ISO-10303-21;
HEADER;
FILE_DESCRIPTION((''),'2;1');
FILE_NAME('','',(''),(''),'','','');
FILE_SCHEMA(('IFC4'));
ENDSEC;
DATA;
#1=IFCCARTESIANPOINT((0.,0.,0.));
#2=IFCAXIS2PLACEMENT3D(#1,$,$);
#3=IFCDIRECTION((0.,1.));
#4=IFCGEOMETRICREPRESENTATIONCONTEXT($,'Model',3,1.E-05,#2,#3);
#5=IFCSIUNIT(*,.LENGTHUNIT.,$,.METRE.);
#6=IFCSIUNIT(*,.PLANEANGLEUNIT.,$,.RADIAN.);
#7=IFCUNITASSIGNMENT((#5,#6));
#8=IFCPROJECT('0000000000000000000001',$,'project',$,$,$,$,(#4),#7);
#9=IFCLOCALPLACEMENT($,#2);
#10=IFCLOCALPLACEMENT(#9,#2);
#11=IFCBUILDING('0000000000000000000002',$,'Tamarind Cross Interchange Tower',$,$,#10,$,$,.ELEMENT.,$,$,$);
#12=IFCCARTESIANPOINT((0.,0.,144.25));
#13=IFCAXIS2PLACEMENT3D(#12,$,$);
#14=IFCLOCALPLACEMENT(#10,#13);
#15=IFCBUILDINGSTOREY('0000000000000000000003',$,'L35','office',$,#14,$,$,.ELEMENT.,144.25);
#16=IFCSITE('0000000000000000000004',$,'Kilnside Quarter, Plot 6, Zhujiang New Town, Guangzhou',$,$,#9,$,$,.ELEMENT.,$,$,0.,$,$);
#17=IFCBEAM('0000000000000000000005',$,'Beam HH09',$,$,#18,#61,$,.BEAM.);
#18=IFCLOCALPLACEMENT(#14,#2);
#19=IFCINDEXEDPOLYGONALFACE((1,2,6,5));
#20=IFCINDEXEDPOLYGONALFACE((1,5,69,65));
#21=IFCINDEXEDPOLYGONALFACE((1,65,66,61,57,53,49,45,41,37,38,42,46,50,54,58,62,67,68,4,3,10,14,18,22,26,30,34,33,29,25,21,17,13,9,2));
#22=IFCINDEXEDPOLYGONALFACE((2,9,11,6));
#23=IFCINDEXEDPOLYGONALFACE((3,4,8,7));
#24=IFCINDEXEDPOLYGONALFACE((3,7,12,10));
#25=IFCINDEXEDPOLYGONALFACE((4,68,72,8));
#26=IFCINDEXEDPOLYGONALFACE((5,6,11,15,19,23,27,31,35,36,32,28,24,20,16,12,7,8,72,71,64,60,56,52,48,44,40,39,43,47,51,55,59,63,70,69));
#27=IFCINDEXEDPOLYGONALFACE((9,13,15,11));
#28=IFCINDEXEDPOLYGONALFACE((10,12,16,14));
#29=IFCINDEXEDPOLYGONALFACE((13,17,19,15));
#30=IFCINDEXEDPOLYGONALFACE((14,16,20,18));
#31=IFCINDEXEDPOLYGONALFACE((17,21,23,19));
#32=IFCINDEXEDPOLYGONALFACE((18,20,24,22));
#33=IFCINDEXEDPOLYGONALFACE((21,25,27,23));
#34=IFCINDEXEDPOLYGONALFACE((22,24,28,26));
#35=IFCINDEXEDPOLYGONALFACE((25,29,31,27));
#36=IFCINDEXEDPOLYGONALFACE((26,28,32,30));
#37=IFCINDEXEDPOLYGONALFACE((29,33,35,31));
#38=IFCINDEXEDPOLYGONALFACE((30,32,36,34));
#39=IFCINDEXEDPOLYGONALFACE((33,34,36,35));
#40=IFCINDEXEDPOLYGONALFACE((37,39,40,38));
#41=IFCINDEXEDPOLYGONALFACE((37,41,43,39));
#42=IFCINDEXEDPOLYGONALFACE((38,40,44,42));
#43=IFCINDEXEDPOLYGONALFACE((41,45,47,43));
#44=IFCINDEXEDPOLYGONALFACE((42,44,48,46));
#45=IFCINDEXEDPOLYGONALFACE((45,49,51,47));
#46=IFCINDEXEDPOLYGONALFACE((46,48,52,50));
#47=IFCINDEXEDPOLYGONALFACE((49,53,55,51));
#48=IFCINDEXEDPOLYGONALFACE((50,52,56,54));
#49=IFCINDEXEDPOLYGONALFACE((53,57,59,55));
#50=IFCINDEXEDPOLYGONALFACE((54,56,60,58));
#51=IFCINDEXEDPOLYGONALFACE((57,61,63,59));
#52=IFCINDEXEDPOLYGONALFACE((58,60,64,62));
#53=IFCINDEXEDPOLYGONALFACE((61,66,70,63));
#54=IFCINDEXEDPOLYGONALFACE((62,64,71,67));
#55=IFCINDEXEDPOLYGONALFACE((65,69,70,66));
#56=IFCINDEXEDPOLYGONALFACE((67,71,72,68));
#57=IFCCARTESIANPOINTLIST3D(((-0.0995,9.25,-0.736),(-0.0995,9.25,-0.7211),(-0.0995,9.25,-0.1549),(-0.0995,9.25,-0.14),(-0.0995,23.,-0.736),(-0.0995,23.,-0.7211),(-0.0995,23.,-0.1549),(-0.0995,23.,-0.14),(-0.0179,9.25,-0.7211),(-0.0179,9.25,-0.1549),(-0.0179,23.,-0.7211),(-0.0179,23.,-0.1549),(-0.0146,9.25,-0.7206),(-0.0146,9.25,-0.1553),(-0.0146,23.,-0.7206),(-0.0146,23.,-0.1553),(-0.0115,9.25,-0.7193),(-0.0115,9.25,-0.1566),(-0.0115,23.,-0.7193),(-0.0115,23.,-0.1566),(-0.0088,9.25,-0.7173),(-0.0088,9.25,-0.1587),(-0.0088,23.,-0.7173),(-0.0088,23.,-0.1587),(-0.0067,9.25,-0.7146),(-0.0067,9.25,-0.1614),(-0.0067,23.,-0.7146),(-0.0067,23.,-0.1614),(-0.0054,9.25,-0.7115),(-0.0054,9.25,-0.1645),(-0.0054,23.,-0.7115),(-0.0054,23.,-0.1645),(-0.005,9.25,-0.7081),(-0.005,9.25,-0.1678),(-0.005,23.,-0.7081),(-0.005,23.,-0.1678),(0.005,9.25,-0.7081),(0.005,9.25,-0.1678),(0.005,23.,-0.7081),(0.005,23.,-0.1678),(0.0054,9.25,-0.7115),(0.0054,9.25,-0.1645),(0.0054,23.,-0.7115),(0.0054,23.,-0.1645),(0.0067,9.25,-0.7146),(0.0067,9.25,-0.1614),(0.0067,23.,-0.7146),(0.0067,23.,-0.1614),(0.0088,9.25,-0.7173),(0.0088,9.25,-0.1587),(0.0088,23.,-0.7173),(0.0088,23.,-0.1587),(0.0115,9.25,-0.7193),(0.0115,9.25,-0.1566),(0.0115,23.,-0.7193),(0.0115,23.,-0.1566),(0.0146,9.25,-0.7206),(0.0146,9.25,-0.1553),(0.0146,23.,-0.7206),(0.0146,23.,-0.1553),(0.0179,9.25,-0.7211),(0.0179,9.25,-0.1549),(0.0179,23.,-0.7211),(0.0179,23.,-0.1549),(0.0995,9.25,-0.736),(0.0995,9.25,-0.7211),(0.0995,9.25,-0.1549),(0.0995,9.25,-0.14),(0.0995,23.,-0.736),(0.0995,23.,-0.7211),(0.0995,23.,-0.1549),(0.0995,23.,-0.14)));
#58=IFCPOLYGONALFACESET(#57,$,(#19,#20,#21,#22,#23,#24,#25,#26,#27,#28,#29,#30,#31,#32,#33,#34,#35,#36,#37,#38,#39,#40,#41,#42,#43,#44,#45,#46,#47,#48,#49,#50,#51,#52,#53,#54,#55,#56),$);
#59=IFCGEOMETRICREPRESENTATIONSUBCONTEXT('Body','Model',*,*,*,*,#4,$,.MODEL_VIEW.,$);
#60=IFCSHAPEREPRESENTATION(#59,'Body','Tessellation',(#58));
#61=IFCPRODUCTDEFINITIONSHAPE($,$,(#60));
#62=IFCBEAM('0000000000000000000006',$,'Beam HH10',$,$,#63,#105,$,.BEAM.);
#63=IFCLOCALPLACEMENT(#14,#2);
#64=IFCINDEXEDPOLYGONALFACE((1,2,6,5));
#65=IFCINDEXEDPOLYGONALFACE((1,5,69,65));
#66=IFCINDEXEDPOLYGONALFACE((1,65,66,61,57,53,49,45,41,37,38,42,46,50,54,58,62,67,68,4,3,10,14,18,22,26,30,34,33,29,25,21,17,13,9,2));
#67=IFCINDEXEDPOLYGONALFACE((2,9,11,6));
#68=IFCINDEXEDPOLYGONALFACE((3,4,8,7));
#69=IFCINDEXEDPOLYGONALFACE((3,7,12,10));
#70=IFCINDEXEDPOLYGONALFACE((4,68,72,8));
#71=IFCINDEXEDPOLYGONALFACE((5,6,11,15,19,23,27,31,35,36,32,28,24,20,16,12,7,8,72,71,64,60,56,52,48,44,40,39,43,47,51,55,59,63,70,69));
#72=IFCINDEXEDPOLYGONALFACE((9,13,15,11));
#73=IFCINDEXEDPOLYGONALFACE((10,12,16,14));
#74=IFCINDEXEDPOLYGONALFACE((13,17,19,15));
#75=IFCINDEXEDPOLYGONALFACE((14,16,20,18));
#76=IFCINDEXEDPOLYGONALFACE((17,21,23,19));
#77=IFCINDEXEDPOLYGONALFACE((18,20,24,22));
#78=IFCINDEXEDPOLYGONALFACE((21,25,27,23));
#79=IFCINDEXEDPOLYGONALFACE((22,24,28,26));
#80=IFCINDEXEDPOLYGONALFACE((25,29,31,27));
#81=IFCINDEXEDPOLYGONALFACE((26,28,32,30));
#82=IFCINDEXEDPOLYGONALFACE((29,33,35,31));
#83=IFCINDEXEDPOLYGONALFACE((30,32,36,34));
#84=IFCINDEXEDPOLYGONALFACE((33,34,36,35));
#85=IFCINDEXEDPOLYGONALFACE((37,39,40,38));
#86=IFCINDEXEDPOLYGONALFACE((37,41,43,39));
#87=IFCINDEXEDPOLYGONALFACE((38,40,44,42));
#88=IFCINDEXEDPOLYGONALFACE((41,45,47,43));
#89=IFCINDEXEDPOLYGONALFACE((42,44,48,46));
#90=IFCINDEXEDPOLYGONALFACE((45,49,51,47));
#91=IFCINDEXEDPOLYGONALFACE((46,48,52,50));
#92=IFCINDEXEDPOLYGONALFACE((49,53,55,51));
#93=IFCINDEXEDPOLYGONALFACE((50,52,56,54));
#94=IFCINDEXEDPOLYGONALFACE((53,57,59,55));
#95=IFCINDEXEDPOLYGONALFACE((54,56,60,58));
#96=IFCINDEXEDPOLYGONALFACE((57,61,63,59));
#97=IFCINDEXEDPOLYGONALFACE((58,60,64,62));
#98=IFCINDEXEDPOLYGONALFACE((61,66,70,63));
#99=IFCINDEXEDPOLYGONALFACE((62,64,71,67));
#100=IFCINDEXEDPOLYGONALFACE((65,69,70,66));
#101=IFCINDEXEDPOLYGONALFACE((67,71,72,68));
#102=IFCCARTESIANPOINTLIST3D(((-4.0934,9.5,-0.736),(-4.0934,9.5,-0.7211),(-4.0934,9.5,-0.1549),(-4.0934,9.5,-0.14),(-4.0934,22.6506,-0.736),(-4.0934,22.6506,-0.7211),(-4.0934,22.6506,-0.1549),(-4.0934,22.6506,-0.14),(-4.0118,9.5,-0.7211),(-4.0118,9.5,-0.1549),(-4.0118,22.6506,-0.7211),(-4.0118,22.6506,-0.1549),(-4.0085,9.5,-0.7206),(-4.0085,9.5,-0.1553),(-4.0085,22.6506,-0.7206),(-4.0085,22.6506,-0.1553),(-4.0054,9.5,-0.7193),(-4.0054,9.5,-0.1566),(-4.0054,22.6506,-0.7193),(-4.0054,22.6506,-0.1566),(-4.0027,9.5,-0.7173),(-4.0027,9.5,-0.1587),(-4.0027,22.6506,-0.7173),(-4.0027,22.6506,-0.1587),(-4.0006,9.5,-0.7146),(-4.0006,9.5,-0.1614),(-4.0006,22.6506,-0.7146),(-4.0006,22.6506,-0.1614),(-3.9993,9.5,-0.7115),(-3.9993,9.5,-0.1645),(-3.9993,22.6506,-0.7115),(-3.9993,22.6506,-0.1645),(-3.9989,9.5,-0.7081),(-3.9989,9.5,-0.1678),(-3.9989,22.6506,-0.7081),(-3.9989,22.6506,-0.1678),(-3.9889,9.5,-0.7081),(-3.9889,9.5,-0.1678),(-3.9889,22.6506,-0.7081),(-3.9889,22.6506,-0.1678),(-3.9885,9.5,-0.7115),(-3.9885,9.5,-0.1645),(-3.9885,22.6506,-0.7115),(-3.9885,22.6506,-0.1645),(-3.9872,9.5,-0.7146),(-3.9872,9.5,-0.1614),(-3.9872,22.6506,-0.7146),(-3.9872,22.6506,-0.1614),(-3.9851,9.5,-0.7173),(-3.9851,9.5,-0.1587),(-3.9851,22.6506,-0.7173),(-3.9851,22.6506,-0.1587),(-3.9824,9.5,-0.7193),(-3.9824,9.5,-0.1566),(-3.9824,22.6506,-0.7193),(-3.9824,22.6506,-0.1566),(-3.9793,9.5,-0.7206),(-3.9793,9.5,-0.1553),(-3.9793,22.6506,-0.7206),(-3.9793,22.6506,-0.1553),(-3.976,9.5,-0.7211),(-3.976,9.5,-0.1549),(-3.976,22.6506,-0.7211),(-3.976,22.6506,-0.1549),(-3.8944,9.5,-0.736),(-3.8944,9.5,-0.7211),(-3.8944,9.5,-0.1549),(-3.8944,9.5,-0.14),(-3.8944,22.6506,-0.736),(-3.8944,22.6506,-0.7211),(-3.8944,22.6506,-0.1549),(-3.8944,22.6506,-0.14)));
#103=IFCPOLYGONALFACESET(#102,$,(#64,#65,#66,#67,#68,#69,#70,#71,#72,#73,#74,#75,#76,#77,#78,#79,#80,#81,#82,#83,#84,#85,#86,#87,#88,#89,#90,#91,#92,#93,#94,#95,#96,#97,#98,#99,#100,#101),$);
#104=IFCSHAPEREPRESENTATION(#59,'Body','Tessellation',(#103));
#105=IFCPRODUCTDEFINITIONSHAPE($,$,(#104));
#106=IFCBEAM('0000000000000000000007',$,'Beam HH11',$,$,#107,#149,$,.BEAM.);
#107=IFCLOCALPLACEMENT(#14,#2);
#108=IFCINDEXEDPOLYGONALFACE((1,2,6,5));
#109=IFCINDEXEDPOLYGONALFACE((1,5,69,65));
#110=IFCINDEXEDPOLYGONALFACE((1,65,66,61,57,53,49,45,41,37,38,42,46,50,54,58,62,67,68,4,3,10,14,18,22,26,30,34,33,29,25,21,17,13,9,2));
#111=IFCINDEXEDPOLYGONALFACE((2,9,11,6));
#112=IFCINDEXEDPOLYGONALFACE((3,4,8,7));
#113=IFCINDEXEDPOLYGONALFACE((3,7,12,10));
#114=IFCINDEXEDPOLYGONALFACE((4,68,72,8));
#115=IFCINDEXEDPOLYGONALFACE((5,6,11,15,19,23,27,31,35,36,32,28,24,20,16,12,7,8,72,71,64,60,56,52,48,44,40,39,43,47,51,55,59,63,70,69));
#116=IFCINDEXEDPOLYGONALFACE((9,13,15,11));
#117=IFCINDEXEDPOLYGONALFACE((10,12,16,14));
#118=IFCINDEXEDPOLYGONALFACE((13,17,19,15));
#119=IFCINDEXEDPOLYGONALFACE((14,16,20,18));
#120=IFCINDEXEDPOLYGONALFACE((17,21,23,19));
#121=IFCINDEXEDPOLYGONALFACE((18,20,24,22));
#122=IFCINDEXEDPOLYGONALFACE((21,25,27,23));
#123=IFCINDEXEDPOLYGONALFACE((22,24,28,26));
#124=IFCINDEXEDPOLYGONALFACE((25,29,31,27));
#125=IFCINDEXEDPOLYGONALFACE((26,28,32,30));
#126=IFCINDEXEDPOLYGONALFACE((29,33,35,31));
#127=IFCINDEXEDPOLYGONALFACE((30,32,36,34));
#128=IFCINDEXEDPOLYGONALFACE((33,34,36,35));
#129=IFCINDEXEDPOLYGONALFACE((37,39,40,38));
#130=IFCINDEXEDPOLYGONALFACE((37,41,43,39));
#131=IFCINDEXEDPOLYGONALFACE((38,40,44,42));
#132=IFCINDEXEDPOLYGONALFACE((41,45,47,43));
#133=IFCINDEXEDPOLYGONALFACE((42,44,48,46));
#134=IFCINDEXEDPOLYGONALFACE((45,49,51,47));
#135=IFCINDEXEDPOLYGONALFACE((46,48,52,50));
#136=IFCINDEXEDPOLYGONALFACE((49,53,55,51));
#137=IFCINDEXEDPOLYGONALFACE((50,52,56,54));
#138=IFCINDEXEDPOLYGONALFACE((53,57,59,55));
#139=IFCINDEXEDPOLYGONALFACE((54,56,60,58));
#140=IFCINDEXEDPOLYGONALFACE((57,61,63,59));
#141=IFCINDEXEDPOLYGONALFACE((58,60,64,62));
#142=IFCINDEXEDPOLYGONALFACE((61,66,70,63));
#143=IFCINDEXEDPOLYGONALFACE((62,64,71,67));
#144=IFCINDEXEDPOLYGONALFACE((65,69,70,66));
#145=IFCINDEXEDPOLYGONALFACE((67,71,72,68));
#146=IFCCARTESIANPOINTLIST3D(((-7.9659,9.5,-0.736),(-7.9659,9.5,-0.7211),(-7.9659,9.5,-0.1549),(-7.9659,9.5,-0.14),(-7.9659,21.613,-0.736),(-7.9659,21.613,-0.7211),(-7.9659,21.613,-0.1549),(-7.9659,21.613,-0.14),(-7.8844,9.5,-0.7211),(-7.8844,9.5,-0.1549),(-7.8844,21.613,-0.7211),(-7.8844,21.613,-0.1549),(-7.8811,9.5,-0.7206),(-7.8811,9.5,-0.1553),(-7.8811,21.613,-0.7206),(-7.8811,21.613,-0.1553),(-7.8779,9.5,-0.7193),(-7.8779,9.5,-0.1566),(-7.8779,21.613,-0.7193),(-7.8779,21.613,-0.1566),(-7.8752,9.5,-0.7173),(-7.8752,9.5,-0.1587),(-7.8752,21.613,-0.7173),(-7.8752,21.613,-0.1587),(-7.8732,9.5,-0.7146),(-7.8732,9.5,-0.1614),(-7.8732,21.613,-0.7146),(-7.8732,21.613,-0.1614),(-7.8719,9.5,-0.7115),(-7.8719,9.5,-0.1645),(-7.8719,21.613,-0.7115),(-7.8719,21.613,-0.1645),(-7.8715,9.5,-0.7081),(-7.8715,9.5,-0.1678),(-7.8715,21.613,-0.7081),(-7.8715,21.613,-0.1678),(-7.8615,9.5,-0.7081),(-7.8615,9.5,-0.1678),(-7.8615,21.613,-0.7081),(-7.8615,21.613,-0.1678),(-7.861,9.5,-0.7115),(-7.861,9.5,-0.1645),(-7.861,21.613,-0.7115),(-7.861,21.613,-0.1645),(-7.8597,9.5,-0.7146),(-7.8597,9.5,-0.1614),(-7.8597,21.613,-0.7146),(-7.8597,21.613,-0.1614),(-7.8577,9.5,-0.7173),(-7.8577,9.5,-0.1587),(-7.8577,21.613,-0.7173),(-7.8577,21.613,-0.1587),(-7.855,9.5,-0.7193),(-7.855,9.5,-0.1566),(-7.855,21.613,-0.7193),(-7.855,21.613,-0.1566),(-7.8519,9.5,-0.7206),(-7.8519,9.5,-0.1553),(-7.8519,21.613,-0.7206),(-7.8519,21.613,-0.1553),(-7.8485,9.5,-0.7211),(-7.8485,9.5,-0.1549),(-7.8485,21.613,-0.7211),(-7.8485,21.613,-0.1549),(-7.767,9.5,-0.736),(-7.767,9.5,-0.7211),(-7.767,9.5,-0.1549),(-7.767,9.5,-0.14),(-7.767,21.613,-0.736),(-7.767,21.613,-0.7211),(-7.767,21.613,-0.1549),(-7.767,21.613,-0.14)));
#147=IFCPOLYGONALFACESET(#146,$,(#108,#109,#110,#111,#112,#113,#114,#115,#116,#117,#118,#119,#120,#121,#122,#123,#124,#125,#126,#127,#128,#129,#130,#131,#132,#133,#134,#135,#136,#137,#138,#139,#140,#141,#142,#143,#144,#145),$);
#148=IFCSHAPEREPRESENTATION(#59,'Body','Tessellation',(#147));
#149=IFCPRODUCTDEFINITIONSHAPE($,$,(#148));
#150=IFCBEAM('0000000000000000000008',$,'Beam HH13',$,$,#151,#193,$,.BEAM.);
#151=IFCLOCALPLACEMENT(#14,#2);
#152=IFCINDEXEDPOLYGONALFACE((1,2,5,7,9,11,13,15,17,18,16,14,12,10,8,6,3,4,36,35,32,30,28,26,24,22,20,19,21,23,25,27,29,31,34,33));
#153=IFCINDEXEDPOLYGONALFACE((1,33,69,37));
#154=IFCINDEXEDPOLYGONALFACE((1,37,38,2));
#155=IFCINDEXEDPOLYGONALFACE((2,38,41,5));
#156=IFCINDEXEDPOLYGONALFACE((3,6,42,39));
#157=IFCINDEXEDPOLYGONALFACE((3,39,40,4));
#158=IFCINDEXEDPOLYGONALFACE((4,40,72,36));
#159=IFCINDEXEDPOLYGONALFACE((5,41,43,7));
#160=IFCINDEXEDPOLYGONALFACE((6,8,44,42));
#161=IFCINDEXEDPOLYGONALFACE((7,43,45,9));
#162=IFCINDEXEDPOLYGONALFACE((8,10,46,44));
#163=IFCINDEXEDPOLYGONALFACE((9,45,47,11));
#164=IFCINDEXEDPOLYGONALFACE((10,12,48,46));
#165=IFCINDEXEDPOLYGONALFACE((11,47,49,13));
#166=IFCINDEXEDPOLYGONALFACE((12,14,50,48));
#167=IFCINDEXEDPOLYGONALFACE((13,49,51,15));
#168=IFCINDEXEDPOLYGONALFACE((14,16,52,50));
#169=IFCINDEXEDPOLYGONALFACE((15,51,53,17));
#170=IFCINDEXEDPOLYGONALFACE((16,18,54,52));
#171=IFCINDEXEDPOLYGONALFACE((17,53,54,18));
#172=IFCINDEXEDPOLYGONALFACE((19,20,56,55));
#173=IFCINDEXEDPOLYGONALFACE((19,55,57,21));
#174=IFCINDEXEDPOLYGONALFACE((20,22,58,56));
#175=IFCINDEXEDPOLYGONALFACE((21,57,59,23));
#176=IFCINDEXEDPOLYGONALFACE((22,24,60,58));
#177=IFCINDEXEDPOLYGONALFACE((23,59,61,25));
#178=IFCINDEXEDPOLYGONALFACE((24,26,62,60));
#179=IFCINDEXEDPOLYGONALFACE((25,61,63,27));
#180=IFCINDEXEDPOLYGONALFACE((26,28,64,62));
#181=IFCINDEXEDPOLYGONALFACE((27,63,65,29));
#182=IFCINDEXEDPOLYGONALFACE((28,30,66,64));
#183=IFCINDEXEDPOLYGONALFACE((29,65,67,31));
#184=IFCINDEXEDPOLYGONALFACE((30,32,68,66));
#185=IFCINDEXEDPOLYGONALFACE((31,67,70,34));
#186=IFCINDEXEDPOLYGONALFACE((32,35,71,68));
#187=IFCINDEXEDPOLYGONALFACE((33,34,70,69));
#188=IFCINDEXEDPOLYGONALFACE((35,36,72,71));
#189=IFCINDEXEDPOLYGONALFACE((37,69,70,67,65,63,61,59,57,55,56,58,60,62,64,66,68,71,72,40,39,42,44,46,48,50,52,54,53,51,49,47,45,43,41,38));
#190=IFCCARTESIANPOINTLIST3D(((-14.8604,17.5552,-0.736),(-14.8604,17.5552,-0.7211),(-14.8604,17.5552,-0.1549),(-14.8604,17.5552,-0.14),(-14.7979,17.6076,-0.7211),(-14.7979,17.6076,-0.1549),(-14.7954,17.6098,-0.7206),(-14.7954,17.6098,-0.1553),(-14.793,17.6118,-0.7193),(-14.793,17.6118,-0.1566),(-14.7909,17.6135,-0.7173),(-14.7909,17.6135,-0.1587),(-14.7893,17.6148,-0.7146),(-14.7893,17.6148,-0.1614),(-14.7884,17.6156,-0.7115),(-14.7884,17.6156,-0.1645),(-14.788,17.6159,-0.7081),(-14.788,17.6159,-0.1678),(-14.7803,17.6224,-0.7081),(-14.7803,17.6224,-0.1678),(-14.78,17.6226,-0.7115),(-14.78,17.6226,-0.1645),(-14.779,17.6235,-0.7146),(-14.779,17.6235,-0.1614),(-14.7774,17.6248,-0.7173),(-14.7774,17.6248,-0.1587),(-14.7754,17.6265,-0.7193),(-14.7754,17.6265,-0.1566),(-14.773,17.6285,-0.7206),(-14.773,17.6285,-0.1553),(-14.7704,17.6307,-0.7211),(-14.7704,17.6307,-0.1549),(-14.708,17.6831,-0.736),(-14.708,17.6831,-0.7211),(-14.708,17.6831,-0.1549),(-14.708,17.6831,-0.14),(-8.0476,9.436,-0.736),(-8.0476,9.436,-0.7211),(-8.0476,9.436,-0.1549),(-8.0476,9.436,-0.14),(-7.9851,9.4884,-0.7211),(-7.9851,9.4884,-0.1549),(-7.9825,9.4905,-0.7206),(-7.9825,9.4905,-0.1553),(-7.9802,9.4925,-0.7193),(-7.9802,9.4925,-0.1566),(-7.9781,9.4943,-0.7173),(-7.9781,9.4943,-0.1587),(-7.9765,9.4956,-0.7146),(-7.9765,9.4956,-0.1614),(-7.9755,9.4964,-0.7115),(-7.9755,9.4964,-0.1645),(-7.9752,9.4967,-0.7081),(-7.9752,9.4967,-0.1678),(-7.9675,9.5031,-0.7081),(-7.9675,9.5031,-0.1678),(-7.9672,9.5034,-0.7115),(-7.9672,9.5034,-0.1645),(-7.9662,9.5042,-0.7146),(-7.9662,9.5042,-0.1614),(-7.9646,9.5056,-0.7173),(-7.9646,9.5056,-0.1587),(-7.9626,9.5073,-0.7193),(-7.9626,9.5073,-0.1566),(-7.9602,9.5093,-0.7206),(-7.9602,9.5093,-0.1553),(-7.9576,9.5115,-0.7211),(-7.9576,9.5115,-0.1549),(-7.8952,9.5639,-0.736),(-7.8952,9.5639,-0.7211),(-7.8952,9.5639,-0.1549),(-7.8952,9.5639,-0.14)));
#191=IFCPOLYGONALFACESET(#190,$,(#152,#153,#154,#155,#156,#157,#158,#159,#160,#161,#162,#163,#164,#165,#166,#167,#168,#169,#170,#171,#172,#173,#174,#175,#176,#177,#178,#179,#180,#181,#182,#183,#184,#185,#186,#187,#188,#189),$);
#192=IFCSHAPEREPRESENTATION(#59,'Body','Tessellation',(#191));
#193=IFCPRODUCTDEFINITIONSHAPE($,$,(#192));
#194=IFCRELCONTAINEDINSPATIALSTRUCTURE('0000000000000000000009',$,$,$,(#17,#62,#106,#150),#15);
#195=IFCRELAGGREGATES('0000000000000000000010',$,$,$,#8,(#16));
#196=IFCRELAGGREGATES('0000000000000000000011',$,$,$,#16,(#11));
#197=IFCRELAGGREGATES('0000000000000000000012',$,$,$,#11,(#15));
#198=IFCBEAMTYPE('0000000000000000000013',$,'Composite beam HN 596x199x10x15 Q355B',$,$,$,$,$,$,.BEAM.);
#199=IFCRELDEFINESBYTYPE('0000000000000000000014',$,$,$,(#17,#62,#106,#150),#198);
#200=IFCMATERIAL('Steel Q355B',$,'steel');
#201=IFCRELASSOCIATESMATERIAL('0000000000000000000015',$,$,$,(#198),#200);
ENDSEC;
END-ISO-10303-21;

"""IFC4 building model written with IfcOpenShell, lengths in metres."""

from ifc_helpers import new_model, si_unit, direction, frame, origin, origin_2d, place, context, subcontext, project, spatial, i_section, extrude, material, material_profile, profile_set, type_object, element, save


model = new_model("IFC4")

# Units and contexts
model_context = context("Model", 3, precision=1e-05, world=origin(), true_north=direction((0.0, 1.0)))
body_context = subcontext(model_context, "Body", "Model", "MODEL_VIEW")
ifc_project = project(units=[si_unit("LENGTHUNIT", "METRE"), si_unit("PLANEANGLEUNIT", "RADIAN")], contexts=[model_context])

# Site, building, storey
site_placement = place(None, origin())
site = spatial("IfcSite", under=ifc_project, at=site_placement, Name="Kilnside Quarter, Plot 6, Zhujiang New Town, Guangzhou", CompositionType="ELEMENT", RefElevation=0.0)
building_placement = place(site_placement, origin())
building = spatial("IfcBuilding", under=site, at=building_placement, Name="Tamarind Cross Interchange Tower", CompositionType="ELEMENT")
storey_placement = place(building_placement, frame((0.0, 0.0, 144.25)))
storey = spatial("IfcBuildingStorey", under=building, at=storey_placement, Name="L35", Description="office", CompositionType="ELEMENT", Elevation=144.25)

# Beams
ifc_material_1 = material(Name="Steel Q355B", Category="steel")
ifc_material_profile_1 = material_profile(ifc_material_1, i_section(OverallWidth=0.199, OverallDepth=0.5959, WebThickness=0.01, FlangeThickness=0.0149, FilletRadius=0.0129, at=origin_2d()), Name="HN 596x199x10x15")
ifc_profile_set_1 = profile_set([ifc_material_profile_1], Name="Steel Q355B")
beam_type_1 = type_object("IfcBeamType", Name="Composite beam HN 596x199x10x15 Q355B", PredefinedType="BEAM", material=ifc_profile_set_1)
beam_1_placement = place(storey_placement, frame((0.0, 23.0, -0.438), z_axis=(0.0, -1.0, 0.0), x_axis=(1.0, 0.0, 0.0)))
element("IfcBeam", 1, at=beam_1_placement, inside=storey, type_object=beam_type_1, Name="Beam HH09", PredefinedType="BEAM", context=body_context, shape_type="SweptSolid", body=[
    extrude(i_section(OverallWidth=0.199, OverallDepth=0.5959, WebThickness=0.01, FlangeThickness=0.0149, FilletRadius=0.0129, at=origin_2d()), origin(), (0.0, 0.0, 1.0), 13.75),
])
beam_2_placement = place(storey_placement, frame((-3.9939, 22.6506, -0.438), z_axis=(0.0, -1.0, 0.0), x_axis=(1.0, 0.0, 0.0)))
element("IfcBeam", 2, at=beam_2_placement, inside=storey, type_object=beam_type_1, Name="Beam HH10", PredefinedType="BEAM", context=body_context, shape_type="SweptSolid", body=[
    extrude(i_section(OverallWidth=0.199, OverallDepth=0.5959, WebThickness=0.01, FlangeThickness=0.0149, FilletRadius=0.0129, at=origin_2d()), origin(), (0.0, 0.0, 1.0), 13.1506),
])
beam_3_placement = place(storey_placement, frame((-7.8665, 21.613, -0.438), z_axis=(0.0, -1.0, 0.0), x_axis=(1.0, 0.0, 0.0)))
element("IfcBeam", 3, at=beam_3_placement, inside=storey, type_object=beam_type_1, Name="Beam HH11", PredefinedType="BEAM", context=body_context, shape_type="SweptSolid", body=[
    extrude(i_section(OverallWidth=0.199, OverallDepth=0.5959, WebThickness=0.01, FlangeThickness=0.0149, FilletRadius=0.0129, at=origin_2d()), origin(), (0.0, 0.0, 1.0), 12.113),
])
beam_4_placement = place(storey_placement, frame((-14.7842, 17.6191, -0.438), z_axis=(0.642786, -0.766046, 0.0), x_axis=(0.766046, 0.642786, 0.0)))
element("IfcBeam", 4, at=beam_4_placement, inside=storey, type_object=beam_type_1, Name="Beam HH13", PredefinedType="BEAM", context=body_context, shape_type="SweptSolid", body=[
    extrude(i_section(OverallWidth=0.199, OverallDepth=0.5959, WebThickness=0.01, FlangeThickness=0.0149, FilletRadius=0.0129, at=origin_2d()), origin(), (0.0, 0.0, 1.0), 10.5989),
])

save(model, "model.ifc")
